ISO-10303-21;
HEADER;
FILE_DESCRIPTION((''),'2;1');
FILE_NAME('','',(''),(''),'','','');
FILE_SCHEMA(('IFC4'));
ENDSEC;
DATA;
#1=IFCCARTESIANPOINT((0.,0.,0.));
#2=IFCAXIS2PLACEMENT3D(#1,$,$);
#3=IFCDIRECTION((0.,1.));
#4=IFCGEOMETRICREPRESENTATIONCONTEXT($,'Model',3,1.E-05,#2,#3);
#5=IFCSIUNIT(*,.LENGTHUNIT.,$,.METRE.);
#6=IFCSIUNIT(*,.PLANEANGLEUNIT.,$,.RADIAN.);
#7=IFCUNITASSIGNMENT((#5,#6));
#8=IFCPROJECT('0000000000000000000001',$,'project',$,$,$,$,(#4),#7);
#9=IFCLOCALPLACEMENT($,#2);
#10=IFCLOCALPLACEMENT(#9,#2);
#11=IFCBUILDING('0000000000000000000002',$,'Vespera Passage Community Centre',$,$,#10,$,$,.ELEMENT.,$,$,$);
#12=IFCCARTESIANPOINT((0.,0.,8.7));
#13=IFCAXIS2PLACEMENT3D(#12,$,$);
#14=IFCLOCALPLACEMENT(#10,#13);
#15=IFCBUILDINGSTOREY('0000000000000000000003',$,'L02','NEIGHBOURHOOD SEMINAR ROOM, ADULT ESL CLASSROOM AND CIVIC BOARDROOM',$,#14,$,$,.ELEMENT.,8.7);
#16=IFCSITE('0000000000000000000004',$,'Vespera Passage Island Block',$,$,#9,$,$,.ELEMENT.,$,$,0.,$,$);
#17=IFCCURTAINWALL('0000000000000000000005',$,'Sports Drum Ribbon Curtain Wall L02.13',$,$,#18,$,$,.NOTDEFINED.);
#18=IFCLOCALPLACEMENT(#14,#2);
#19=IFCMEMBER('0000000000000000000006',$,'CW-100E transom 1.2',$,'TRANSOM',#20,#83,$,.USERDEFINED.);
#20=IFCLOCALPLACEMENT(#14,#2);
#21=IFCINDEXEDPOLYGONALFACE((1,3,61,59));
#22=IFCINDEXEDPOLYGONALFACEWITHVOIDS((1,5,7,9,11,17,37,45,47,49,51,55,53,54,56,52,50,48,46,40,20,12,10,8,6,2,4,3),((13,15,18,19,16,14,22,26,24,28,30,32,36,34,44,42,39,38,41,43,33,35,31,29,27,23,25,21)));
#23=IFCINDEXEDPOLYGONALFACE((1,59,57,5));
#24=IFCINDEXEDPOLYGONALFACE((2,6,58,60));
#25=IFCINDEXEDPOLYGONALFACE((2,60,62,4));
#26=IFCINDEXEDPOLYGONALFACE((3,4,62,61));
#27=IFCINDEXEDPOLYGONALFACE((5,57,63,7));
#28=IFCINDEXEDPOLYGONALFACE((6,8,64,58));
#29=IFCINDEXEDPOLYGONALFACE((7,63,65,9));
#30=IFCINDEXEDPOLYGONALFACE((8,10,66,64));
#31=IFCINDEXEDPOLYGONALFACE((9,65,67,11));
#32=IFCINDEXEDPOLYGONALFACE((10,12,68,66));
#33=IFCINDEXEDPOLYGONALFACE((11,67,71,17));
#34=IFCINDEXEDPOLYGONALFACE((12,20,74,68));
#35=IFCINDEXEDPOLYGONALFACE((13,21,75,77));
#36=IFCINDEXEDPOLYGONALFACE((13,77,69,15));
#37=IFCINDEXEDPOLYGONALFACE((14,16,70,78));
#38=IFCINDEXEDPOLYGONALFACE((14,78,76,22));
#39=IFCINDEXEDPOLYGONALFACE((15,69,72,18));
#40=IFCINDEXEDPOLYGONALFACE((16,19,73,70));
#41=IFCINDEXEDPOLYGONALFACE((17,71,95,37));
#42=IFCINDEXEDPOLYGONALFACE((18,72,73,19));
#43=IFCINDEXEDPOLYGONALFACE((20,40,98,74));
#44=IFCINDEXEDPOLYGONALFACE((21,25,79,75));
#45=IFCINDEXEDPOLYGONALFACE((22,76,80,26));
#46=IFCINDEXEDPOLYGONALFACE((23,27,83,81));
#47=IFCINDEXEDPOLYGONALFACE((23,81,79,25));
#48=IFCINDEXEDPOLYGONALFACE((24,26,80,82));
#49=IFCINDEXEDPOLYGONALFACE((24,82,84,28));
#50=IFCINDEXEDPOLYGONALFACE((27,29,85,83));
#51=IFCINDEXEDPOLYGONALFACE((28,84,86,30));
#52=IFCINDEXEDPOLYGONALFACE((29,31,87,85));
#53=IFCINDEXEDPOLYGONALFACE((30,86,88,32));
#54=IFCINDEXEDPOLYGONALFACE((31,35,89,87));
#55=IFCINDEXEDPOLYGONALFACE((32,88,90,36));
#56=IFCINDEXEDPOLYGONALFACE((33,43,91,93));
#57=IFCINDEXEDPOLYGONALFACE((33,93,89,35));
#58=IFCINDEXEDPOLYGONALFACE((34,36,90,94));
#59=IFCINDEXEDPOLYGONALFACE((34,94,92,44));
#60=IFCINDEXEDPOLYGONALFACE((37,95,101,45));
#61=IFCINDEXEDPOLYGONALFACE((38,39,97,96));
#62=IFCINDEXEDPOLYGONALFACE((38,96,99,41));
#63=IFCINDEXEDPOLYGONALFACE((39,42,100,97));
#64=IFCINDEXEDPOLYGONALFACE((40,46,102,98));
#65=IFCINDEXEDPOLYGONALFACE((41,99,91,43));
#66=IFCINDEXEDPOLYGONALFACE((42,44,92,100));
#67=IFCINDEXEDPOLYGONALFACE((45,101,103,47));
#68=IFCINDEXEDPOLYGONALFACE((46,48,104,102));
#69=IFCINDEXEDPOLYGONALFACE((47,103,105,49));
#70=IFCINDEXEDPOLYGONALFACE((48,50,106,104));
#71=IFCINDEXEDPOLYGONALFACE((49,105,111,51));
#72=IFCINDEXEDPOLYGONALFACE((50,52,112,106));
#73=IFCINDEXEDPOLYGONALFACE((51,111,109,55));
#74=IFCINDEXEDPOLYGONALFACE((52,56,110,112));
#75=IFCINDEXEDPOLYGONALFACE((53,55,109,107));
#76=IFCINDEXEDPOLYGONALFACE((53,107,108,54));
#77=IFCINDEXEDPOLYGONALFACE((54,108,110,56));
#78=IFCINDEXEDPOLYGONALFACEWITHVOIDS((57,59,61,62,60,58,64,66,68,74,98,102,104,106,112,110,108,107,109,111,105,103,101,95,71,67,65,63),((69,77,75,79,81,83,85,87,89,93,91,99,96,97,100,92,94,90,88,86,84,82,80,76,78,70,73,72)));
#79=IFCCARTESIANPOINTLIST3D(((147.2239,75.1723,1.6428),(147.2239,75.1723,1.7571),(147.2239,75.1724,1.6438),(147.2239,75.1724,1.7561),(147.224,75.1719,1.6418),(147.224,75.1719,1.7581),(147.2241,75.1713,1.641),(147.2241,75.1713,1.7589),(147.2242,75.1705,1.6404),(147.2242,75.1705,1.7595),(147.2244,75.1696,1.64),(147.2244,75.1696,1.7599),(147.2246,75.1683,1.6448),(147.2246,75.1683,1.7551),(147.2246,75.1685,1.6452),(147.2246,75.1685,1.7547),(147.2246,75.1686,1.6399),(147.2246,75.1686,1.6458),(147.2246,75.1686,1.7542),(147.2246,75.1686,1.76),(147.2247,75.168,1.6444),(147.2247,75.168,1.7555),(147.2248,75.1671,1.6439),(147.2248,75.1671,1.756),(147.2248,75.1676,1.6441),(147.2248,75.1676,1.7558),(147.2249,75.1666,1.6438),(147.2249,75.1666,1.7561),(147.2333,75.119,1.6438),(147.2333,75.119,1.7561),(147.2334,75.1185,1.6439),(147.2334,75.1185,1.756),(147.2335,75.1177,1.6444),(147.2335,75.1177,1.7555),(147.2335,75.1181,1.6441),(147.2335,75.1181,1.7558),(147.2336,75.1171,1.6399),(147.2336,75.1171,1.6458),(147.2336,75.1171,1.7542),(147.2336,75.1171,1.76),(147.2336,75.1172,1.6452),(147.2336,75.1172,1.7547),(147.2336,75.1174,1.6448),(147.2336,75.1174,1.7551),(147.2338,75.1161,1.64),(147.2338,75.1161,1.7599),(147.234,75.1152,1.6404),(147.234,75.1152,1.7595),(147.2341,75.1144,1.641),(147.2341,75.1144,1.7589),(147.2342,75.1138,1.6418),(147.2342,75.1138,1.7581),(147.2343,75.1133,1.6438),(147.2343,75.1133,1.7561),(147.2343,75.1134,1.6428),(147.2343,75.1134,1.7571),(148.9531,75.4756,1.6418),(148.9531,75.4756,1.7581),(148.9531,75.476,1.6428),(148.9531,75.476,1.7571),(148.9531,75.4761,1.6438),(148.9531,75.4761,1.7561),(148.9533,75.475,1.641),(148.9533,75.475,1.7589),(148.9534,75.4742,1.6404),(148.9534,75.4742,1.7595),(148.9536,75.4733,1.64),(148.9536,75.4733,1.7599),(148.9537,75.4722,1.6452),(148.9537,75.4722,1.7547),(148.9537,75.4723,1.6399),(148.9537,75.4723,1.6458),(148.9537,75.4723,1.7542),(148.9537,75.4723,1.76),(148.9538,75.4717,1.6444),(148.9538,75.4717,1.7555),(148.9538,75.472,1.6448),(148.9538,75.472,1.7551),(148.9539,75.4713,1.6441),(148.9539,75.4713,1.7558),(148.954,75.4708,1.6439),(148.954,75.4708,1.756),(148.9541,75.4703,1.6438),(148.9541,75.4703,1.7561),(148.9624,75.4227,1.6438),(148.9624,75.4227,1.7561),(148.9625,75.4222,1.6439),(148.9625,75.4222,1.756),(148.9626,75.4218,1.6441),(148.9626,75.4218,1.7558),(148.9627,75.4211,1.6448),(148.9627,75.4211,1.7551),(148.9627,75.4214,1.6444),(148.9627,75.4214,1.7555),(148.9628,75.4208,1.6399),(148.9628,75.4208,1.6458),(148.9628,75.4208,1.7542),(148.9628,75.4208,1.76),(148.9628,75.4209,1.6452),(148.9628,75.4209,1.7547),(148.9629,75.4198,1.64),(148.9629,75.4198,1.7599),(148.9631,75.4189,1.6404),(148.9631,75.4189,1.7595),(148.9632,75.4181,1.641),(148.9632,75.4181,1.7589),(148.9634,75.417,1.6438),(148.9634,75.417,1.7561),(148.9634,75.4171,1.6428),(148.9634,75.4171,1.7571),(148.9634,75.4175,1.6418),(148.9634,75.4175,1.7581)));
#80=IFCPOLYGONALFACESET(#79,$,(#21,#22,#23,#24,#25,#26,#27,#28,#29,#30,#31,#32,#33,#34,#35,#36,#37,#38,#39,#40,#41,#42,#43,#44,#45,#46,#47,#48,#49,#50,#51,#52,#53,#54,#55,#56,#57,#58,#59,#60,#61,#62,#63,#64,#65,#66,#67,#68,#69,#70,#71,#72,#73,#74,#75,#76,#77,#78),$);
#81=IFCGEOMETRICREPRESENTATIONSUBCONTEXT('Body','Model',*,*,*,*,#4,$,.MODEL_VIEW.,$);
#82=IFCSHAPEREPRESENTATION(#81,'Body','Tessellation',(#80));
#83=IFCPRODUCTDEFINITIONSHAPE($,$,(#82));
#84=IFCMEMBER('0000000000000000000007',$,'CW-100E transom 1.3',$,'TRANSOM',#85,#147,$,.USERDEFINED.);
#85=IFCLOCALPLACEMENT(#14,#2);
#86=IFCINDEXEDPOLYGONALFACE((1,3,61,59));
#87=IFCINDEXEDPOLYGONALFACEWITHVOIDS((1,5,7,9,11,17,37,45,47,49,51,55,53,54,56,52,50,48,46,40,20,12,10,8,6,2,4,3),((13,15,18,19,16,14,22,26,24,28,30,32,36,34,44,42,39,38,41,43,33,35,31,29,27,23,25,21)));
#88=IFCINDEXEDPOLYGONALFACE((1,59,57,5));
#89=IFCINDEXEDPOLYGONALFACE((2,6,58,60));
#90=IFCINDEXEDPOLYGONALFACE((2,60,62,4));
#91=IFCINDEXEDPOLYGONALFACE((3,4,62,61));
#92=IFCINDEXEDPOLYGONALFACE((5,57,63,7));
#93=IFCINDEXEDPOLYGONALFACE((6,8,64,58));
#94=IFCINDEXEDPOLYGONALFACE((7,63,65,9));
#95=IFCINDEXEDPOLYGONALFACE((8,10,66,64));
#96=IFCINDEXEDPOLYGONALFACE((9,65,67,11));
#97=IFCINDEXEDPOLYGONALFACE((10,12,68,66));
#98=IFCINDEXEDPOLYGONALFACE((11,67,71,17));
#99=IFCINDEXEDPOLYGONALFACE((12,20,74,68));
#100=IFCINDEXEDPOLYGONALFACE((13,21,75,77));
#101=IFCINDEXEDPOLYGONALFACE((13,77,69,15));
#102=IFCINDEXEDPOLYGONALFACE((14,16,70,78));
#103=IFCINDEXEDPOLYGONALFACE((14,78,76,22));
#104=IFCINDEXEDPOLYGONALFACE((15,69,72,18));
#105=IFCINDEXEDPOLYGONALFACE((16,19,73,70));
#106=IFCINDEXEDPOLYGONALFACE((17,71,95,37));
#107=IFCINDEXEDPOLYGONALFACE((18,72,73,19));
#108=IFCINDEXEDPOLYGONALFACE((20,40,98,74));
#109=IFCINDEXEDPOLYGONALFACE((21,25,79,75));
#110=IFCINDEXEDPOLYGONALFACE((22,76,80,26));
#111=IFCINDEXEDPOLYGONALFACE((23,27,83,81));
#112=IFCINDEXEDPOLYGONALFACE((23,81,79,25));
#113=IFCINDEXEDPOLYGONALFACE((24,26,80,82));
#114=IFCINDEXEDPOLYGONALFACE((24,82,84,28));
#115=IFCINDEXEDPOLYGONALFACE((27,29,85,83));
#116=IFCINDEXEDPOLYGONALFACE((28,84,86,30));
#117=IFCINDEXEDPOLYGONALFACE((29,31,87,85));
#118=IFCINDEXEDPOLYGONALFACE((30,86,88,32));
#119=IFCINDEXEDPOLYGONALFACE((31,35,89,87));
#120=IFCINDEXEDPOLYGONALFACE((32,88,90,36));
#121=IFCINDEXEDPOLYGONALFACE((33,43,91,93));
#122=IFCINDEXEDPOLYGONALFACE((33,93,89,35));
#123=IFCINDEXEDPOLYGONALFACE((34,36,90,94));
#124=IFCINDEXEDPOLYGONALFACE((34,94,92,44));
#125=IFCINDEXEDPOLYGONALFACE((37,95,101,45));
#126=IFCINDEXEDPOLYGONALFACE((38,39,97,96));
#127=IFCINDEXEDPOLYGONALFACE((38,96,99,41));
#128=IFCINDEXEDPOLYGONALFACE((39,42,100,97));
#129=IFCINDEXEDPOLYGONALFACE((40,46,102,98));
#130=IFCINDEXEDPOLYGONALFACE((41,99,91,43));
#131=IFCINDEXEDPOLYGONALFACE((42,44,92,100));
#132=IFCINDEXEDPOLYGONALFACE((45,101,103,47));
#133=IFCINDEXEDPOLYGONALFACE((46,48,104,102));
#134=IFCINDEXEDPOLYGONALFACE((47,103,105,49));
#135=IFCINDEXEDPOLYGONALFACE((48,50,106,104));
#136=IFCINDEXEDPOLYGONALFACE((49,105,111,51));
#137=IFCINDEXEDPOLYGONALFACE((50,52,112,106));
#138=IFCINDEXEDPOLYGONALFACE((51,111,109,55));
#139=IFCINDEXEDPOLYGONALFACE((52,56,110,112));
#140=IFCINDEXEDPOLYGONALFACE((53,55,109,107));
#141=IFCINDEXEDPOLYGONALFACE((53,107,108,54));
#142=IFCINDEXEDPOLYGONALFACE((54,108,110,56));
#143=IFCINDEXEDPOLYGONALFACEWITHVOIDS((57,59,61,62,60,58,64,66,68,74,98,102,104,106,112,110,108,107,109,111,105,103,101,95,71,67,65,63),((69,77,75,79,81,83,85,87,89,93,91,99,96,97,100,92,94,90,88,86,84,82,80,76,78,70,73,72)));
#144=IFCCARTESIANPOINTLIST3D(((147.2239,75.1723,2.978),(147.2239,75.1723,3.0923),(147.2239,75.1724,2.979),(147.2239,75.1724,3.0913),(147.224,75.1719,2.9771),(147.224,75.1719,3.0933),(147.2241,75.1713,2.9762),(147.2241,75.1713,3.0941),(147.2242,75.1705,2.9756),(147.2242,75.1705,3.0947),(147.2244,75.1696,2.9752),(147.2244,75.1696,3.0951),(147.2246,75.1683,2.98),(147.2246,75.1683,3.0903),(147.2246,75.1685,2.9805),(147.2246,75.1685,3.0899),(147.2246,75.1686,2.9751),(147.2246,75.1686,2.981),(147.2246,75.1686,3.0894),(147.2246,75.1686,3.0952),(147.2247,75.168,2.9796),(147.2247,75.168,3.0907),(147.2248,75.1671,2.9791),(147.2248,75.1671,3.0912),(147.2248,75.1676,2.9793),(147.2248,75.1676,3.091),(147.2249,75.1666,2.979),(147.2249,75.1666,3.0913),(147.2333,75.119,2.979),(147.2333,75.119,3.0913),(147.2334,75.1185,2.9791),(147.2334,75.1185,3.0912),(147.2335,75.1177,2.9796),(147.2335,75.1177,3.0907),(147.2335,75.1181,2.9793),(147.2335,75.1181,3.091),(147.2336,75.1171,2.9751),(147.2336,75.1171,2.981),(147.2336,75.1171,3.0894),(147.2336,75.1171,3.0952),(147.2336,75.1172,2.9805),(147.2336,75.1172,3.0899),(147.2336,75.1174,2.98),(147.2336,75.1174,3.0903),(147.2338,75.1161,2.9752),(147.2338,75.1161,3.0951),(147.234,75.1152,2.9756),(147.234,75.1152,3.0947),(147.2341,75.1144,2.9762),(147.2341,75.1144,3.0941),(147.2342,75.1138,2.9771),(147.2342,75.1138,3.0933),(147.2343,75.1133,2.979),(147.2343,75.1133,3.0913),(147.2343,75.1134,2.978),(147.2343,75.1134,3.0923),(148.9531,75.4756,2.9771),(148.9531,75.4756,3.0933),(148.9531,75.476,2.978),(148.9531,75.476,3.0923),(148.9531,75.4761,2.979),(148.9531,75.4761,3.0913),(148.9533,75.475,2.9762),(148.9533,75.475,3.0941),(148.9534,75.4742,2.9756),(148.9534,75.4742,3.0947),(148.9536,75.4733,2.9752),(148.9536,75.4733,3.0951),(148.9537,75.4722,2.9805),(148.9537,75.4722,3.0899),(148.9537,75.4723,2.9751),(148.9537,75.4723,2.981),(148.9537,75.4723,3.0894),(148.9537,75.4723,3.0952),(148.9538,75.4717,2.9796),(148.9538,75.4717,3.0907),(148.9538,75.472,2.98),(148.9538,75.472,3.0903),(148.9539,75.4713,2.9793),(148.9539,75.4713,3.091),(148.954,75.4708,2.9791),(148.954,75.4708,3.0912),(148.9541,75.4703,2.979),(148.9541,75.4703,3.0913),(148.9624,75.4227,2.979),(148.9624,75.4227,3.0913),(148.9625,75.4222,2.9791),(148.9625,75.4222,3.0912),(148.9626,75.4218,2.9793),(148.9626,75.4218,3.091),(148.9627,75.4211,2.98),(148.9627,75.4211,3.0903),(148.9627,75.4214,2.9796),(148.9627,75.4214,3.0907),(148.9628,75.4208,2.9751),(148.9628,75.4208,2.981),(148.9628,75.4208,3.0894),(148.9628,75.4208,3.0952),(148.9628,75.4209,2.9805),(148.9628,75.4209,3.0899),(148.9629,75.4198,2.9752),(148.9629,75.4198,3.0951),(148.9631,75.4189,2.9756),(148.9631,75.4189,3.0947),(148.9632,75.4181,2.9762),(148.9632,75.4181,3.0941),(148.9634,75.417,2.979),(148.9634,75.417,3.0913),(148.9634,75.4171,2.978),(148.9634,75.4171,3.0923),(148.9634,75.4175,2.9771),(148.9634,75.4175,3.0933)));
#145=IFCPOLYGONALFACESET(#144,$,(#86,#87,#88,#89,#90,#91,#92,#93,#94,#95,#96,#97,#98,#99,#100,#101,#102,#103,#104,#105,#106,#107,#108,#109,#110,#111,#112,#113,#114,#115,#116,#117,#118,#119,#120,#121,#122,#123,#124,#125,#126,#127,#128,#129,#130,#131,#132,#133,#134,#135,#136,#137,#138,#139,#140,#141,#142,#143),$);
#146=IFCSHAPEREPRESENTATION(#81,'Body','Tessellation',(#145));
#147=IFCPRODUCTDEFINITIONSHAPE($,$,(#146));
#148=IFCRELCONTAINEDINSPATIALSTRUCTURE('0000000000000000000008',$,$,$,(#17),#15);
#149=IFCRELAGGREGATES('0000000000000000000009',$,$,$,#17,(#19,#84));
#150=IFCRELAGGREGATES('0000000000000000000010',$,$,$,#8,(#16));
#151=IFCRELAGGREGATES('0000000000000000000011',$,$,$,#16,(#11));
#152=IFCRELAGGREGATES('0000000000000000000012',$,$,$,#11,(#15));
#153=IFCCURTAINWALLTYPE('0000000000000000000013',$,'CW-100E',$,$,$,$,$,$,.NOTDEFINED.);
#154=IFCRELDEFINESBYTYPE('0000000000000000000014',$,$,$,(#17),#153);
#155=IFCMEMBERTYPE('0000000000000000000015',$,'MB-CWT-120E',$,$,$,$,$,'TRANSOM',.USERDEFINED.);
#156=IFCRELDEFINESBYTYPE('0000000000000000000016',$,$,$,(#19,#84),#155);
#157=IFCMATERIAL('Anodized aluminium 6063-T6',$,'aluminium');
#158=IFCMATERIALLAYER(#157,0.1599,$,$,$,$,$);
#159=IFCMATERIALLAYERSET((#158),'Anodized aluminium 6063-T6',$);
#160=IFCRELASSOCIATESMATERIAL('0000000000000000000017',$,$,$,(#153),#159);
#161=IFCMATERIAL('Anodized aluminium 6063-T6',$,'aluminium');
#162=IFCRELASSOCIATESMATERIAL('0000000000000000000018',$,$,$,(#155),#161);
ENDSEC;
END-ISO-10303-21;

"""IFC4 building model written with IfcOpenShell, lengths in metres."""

from ifc_helpers import new_model, si_unit, direction, frame, origin, origin_2d, place, context, subcontext, project, spatial, hollow_rectangle, extrude, material, layer, layer_set, material_profile, profile_set, type_object, element, aggregate, save


model = new_model("IFC4")

# Units and contexts
model_context = context("Model", 3, precision=1e-05, world=origin(), true_north=direction((0.0, 1.0)))
body_context = subcontext(model_context, "Body", "Model", "MODEL_VIEW")
ifc_project = project(units=[si_unit("LENGTHUNIT", "METRE"), si_unit("PLANEANGLEUNIT", "RADIAN")], contexts=[model_context])

# Site, building, storey
site_placement = place(None, origin())
site = spatial("IfcSite", under=ifc_project, at=site_placement, Name="Vespera Passage Island Block", CompositionType="ELEMENT", RefElevation=0.0)
building_placement = place(site_placement, origin())
building = spatial("IfcBuilding", under=site, at=building_placement, Name="Vespera Passage Community Centre", CompositionType="ELEMENT")
storey_placement = place(building_placement, frame((0.0, 0.0, 8.7)))
storey = spatial("IfcBuildingStorey", under=building, at=storey_placement, Name="L02", Description="NEIGHBOURHOOD SEMINAR ROOM, ADULT ESL CLASSROOM AND CIVIC BOARDROOM", CompositionType="ELEMENT", Elevation=8.7)

# Curtain wall
ifc_material_1 = material(Name="Anodized aluminium 6063-T6", Category="aluminium")
ifc_layer_1 = layer(ifc_material_1, 0.1599)
ifc_layer_set_1 = layer_set([ifc_layer_1], Name="Anodized aluminium 6063-T6")
curtain_wall_type_1 = type_object("IfcCurtainWallType", Name="CW-100E", PredefinedType="NOTDEFINED", material=ifc_layer_set_1)
curtain_wall_1_placement = place(storey_placement, origin())
curtain_wall_1 = element("IfcCurtainWall", 1, at=curtain_wall_1_placement, inside=storey, type_object=curtain_wall_type_1, Name="Sports Drum Ribbon Curtain Wall L02.13", PredefinedType="NOTDEFINED")

# Members
ifc_material_2 = material(Name="Anodized aluminium 6063-T6", Category="aluminium")
ifc_material_profile_1 = material_profile(ifc_material_2, hollow_rectangle(XDim=0.0601, YDim=0.1201, WallThickness=0.0039, InnerFilletRadius=0.002, OuterFilletRadius=0.0039, at=origin_2d()), Name="ALU120X60X4")
ifc_profile_set_1 = profile_set([ifc_material_profile_1], Name="Anodized aluminium 6063-T6")
member_type_1 = type_object("IfcMemberType", Name="MB-CWT-120E", ElementType="TRANSOM", PredefinedType="USERDEFINED", material=ifc_profile_set_1)
member_1_placement = place(storey_placement, frame((148.9583, 75.4465, 1.7), z_axis=(-0.984925, -0.172984, 0.0), x_axis=(0.172984, -0.984925, 0.0)))
member_1 = element("IfcMember", 2, at=member_1_placement, type_object=member_type_1, Name="CW-100E transom 1.2", ObjectType="TRANSOM", PredefinedType="USERDEFINED", context=body_context, shape_type="SweptSolid", body=[
    extrude(hollow_rectangle(XDim=0.0601, YDim=0.1201, WallThickness=0.0039, InnerFilletRadius=0.002, OuterFilletRadius=0.0039, at=origin_2d()), origin(), (0.0, 0.0, 1.0), 1.7556),
])
member_2_placement = place(storey_placement, frame((148.9583, 75.4465, 3.0352), z_axis=(-0.984925, -0.172984, 0.0), x_axis=(0.172984, -0.984925, 0.0)))
member_2 = element("IfcMember", 3, at=member_2_placement, type_object=member_type_1, Name="CW-100E transom 1.3", ObjectType="TRANSOM", PredefinedType="USERDEFINED", context=body_context, shape_type="SweptSolid", body=[
    extrude(hollow_rectangle(XDim=0.0601, YDim=0.1201, WallThickness=0.0039, InnerFilletRadius=0.002, OuterFilletRadius=0.0039, at=origin_2d()), origin(), (0.0, 0.0, 1.0), 1.7556),
])

aggregate(curtain_wall_1, [member_1, member_2])

save(model, "model.ifc")
